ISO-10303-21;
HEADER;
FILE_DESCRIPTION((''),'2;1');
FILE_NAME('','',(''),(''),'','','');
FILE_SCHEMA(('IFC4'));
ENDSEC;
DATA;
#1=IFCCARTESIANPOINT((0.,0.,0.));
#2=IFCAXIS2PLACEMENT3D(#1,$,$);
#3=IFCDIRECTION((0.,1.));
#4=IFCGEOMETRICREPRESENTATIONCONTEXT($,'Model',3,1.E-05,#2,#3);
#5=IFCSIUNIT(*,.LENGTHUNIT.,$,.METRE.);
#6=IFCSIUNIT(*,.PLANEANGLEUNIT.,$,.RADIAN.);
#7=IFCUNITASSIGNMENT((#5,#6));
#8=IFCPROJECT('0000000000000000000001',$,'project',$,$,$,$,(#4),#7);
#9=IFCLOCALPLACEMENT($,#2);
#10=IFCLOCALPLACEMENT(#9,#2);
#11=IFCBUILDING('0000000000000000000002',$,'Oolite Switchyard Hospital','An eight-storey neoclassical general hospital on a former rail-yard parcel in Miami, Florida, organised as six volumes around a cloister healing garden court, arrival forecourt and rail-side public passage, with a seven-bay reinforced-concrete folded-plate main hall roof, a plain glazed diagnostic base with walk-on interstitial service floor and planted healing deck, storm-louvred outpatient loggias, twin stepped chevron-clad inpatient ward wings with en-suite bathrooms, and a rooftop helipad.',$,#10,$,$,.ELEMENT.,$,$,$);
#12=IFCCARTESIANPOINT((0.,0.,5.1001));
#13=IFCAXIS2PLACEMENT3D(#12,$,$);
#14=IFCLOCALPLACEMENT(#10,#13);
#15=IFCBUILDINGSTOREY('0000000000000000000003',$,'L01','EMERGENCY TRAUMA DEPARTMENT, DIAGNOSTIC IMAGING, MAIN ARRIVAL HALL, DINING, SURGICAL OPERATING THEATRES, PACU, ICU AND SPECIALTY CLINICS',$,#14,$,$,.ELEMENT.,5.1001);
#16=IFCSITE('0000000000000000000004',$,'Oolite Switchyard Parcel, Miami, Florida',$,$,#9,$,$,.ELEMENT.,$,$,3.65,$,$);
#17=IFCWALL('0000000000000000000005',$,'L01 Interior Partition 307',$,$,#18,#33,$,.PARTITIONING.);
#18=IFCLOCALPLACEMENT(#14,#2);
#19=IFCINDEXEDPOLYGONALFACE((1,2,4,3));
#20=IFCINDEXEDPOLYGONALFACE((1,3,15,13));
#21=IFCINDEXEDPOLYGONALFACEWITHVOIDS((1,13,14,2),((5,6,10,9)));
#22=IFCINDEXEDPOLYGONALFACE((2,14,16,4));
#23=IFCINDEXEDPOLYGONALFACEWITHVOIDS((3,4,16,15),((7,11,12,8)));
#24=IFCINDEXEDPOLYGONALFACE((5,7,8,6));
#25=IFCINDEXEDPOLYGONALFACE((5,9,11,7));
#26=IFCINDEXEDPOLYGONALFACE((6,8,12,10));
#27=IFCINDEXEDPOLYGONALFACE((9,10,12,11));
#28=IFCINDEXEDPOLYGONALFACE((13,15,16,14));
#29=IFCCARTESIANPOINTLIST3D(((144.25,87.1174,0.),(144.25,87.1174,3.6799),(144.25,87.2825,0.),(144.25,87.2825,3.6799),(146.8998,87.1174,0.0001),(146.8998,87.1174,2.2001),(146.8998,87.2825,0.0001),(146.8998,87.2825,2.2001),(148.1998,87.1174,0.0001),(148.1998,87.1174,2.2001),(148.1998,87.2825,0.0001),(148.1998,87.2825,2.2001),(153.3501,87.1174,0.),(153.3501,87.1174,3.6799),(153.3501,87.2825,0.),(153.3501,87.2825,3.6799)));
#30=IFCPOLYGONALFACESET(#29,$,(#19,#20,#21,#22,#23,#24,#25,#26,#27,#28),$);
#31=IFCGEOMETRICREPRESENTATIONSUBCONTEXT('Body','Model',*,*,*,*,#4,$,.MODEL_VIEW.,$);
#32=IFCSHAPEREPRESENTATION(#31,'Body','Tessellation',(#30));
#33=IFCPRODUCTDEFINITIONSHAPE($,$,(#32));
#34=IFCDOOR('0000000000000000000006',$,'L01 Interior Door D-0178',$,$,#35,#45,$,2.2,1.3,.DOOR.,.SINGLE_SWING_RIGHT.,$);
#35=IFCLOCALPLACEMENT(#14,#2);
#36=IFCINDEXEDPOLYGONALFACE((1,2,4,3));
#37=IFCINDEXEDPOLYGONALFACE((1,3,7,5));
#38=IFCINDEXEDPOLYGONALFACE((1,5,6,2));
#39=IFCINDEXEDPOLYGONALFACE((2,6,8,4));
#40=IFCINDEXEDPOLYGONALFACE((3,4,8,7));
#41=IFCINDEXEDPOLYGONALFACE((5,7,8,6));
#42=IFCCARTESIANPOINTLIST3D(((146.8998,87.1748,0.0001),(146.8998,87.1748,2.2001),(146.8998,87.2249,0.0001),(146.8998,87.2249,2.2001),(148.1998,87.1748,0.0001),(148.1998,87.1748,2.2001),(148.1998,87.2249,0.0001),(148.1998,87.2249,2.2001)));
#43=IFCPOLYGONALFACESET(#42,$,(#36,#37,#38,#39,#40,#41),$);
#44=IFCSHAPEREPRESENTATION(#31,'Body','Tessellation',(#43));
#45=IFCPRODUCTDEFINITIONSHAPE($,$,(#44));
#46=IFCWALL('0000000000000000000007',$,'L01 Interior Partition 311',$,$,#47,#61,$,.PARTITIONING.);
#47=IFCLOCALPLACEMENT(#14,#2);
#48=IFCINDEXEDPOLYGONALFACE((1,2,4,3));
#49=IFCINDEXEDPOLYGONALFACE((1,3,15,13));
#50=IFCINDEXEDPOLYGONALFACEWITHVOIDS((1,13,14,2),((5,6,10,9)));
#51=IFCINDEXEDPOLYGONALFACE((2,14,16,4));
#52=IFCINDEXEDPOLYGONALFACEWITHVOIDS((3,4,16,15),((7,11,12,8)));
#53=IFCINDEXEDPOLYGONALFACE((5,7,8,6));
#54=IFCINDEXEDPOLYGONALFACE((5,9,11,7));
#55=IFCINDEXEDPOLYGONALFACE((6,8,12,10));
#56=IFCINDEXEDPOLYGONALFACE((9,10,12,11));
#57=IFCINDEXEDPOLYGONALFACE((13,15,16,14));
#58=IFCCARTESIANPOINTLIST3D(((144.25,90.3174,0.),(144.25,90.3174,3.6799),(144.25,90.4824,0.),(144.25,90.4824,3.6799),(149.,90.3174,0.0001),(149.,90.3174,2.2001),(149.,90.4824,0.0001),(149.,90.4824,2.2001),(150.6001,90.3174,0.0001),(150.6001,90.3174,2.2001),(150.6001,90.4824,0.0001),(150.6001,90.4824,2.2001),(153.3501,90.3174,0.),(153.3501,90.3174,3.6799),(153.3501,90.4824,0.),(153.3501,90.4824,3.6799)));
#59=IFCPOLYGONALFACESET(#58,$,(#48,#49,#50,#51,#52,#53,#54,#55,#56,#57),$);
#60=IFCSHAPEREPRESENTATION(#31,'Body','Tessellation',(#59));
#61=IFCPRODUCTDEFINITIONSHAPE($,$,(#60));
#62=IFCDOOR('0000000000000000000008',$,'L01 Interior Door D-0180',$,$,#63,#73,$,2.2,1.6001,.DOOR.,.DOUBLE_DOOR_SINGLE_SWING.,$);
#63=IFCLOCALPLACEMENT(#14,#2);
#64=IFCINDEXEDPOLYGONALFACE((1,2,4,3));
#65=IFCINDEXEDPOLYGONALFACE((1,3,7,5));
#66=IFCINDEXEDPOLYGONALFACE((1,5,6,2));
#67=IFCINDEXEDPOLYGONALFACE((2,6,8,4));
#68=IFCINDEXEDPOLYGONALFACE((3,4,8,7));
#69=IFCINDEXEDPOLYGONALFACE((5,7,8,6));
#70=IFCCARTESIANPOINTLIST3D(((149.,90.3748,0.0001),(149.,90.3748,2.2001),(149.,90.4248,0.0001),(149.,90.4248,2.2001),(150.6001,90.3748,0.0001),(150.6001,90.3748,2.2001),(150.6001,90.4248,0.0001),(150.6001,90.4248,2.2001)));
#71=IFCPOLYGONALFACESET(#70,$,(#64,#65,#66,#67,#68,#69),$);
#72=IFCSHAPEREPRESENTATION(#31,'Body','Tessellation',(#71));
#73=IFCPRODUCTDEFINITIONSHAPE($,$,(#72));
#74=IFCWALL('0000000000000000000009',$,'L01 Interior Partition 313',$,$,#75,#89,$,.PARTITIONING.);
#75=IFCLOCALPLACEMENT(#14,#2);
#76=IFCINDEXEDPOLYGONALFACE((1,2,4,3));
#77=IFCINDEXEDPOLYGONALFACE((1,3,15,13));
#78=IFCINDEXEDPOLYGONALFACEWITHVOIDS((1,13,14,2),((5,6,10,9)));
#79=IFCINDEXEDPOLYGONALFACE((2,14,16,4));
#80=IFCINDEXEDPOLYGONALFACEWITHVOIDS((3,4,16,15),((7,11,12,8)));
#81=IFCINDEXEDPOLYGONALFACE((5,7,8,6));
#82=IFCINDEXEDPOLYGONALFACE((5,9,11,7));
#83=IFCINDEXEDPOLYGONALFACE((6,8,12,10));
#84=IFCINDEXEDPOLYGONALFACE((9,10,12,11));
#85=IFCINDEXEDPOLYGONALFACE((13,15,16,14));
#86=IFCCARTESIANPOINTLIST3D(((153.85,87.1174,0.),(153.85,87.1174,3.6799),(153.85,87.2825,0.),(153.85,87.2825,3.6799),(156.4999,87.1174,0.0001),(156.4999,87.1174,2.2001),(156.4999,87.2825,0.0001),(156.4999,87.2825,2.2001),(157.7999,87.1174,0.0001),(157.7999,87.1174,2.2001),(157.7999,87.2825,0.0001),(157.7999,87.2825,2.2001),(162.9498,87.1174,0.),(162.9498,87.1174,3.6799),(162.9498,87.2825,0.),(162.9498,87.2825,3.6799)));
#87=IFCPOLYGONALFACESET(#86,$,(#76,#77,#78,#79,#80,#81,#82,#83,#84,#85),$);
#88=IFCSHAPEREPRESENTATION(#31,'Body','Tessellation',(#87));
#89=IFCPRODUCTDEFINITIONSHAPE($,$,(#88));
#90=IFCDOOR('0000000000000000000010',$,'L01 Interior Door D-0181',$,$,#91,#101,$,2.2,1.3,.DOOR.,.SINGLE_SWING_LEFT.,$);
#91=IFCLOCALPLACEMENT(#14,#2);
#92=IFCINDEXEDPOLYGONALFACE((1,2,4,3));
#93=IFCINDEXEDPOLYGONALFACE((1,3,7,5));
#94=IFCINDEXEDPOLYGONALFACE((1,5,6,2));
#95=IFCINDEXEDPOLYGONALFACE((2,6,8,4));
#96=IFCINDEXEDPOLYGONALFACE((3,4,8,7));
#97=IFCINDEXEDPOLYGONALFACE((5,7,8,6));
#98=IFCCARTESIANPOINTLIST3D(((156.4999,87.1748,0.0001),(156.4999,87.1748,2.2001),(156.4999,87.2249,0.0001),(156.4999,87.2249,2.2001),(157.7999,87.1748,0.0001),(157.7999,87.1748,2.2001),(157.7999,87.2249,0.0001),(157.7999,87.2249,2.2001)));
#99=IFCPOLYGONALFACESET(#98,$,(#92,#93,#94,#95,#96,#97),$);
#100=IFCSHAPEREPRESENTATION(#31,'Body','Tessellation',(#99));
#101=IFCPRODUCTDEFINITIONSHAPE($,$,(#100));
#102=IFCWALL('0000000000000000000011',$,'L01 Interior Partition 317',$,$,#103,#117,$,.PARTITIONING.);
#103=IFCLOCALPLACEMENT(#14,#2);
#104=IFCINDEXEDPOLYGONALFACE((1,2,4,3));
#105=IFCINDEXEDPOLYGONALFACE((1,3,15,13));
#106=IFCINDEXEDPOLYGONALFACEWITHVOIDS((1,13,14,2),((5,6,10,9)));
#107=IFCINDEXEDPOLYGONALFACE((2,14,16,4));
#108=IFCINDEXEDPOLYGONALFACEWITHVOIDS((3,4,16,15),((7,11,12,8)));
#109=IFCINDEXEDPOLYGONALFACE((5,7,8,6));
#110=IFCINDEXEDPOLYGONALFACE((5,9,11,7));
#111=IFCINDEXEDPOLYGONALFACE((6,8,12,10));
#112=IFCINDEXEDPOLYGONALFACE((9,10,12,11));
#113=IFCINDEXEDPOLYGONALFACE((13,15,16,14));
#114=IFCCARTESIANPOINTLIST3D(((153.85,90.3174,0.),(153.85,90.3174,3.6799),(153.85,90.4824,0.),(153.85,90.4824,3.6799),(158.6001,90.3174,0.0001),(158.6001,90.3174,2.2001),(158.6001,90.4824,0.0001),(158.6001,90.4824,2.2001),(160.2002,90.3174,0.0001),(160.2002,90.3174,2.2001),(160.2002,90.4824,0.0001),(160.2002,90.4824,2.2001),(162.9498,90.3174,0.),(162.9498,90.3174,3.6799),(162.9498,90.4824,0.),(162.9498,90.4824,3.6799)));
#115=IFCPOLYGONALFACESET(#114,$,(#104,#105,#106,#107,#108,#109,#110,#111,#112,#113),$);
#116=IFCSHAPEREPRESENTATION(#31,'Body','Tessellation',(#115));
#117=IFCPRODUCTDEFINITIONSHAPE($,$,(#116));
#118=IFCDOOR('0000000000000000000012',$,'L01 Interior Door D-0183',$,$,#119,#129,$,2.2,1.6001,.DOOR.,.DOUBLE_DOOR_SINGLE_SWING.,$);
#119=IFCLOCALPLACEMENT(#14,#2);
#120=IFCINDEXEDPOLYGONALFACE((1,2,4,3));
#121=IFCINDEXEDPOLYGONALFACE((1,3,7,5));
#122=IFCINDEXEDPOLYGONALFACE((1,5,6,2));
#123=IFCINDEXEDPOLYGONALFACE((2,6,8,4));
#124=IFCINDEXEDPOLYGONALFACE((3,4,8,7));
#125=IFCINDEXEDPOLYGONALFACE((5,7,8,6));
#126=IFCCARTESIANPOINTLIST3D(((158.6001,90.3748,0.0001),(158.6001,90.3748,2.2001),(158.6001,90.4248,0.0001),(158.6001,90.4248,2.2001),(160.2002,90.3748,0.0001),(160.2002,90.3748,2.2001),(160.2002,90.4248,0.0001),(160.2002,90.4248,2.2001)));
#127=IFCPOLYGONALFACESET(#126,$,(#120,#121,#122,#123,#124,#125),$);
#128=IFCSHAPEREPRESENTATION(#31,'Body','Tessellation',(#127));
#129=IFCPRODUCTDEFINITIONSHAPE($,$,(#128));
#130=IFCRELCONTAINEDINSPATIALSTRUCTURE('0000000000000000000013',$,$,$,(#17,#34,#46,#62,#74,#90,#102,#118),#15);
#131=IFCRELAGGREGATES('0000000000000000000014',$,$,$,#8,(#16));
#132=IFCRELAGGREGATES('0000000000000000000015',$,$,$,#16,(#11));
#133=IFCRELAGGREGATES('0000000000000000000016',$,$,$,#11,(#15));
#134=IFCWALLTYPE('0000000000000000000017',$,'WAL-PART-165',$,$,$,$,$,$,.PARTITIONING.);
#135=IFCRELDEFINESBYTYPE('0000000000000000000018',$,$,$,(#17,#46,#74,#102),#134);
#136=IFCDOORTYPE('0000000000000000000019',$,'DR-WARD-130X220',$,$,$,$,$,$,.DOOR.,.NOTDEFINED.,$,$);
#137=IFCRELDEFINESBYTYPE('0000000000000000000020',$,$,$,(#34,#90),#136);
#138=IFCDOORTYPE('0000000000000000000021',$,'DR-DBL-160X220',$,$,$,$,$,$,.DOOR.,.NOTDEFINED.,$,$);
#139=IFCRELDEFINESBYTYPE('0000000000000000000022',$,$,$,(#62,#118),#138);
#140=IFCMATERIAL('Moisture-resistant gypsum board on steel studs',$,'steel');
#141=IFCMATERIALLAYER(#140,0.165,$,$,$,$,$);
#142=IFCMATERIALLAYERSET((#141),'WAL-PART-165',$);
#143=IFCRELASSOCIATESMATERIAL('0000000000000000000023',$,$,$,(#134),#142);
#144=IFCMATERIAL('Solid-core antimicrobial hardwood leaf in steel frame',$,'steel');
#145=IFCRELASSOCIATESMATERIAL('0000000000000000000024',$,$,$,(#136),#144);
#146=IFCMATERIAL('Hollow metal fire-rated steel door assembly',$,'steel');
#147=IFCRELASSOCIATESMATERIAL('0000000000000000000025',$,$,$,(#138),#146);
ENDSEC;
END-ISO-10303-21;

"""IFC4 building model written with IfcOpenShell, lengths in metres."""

from ifc_helpers import new_model, si_unit, direction, frame, frame_2d, origin, place, context, subcontext, project, spatial, rectangle, extrude, material, layer, layer_set, type_object, element, fill, save


model = new_model("IFC4")

# Units and contexts
model_context = context("Model", 3, precision=1e-05, world=origin(), true_north=direction((0.0, 1.0)))
body_context = subcontext(model_context, "Body", "Model", "MODEL_VIEW")
ifc_project = project(units=[si_unit("LENGTHUNIT", "METRE"), si_unit("PLANEANGLEUNIT", "RADIAN")], contexts=[model_context])

# Site, building, storey
site_placement = place(None, origin())
site = spatial("IfcSite", under=ifc_project, at=site_placement, Name="Oolite Switchyard Parcel, Miami, Florida", CompositionType="ELEMENT", RefElevation=3.65)
building_placement = place(site_placement, origin())
building = spatial("IfcBuilding", under=site, at=building_placement, Name="Oolite Switchyard Hospital", Description="An eight-storey neoclassical general hospital on a former rail-yard parcel in Miami, Florida, organised as six volumes around a cloister healing garden court, arrival forecourt and rail-side public passage, with a seven-bay reinforced-concrete folded-plate main hall roof, a plain glazed diagnostic base with walk-on interstitial service floor and planted healing deck, storm-louvred outpatient loggias, twin stepped chevron-clad inpatient ward wings with en-suite bathrooms, and a rooftop helipad.", CompositionType="ELEMENT")
storey_placement = place(building_placement, frame((0.0, 0.0, 5.1001)))
storey = spatial("IfcBuildingStorey", under=building, at=storey_placement, Name="L01", Description="EMERGENCY TRAUMA DEPARTMENT, DIAGNOSTIC IMAGING, MAIN ARRIVAL HALL, DINING, SURGICAL OPERATING THEATRES, PACU, ICU AND SPECIALTY CLINICS", CompositionType="ELEMENT", Elevation=5.1001)

# Shared definitions
ifc_material_1 = material(Name="Moisture-resistant gypsum board on steel studs", Category="steel")

# Walls, openings, doors
ifc_layer_1 = layer(ifc_material_1, 0.165)
ifc_layer_set_1 = layer_set([ifc_layer_1], Name="WAL-PART-165")
wall_type_1 = type_object("IfcWallType", Name="WAL-PART-165", PredefinedType="PARTITIONING", material=ifc_layer_set_1)
ifc_material_2 = material(Name="Solid-core antimicrobial hardwood leaf in steel frame", Category="steel")
door_type_1 = type_object("IfcDoorType", Name="DR-WARD-130X220", OperationType="NOTDEFINED", PredefinedType="DOOR", material=ifc_material_2)
ifc_material_3 = material(Name="Hollow metal fire-rated steel door assembly", Category="steel")
door_type_2 = type_object("IfcDoorType", Name="DR-DBL-160X220", OperationType="NOTDEFINED", PredefinedType="DOOR", material=ifc_material_3)
wall_1_placement = place(storey_placement, frame((144.25, 87.2, 0.0), z_axis=(0.0, 0.0, 1.0), x_axis=(1.0, 0.0, 0.0)))
wall_1 = element("IfcWall", 1, at=wall_1_placement, inside=storey, type_object=wall_type_1, Name="L01 Interior Partition 307", PredefinedType="PARTITIONING", context=body_context, shape_type="SweptSolid", body=[
    extrude(rectangle(XDim=9.1001, YDim=0.165, at=frame_2d((4.55, 0.0))), origin(), (0.0, 0.0, 1.0), 3.6799),
])
opening_1_placement = place(wall_1_placement, frame((2.6499, 0.0, 0.0)))
opening_1 = element("IfcOpeningElement", 2, at=opening_1_placement, cuts=wall_1, PredefinedType="OPENING", context=body_context, shape_type="SweptSolid", body=[
    extrude(rectangle(XDim=1.3, YDim=2.2, at=frame_2d((0.6499, 1.1001))), frame((0.0, 0.0925, 0.0), z_axis=(0.0, -1.0, 0.0), x_axis=(1.0, 0.0, 0.0)), (0.0, 0.0, 1.0), 0.1851),
])
door_1_placement = place(opening_1_placement, origin())
door_1 = element("IfcDoor", 3, at=door_1_placement, inside=storey, type_object=door_type_1, Name="L01 Interior Door D-0178", OperationType="SINGLE_SWING_RIGHT", OverallHeight=2.2, OverallWidth=1.3, PredefinedType="DOOR", context=body_context, shape_type="SweptSolid", body=[
    extrude(rectangle(XDim=1.3, YDim=2.2, at=frame_2d((0.6499, 1.1001))), frame((0.0, 0.0249, 0.0), z_axis=(0.0, -1.0, 0.0), x_axis=(1.0, 0.0, 0.0)), (0.0, 0.0, 1.0), 0.05),
])
fill(opening_1, door_1)
wall_2_placement = place(storey_placement, frame((144.25, 90.3999, 0.0), z_axis=(0.0, 0.0, 1.0), x_axis=(1.0, 0.0, 0.0)))
wall_2 = element("IfcWall", 4, at=wall_2_placement, inside=storey, type_object=wall_type_1, Name="L01 Interior Partition 311", PredefinedType="PARTITIONING", context=body_context, shape_type="SweptSolid", body=[
    extrude(rectangle(XDim=9.1001, YDim=0.165, at=frame_2d((4.55, 0.0))), origin(), (0.0, 0.0, 1.0), 3.6799),
])
opening_2_placement = place(wall_2_placement, frame((4.75, 0.0, 0.0)))
opening_2 = element("IfcOpeningElement", 5, at=opening_2_placement, cuts=wall_2, PredefinedType="OPENING", context=body_context, shape_type="SweptSolid", body=[
    extrude(rectangle(XDim=1.6001, YDim=2.2, at=frame_2d((0.8, 1.1001))), frame((0.0, 0.0925, 0.0), z_axis=(0.0, -1.0, 0.0), x_axis=(1.0, 0.0, 0.0)), (0.0, 0.0, 1.0), 0.1851),
])
door_2_placement = place(opening_2_placement, origin())
door_2 = element("IfcDoor", 6, at=door_2_placement, inside=storey, type_object=door_type_2, Name="L01 Interior Door D-0180", OperationType="DOUBLE_DOOR_SINGLE_SWING", OverallHeight=2.2, OverallWidth=1.6001, PredefinedType="DOOR", context=body_context, shape_type="SweptSolid", body=[
    extrude(rectangle(XDim=1.6001, YDim=2.2, at=frame_2d((0.8, 1.1001))), frame((0.0, 0.0249, 0.0), z_axis=(0.0, -1.0, 0.0), x_axis=(1.0, 0.0, 0.0)), (0.0, 0.0, 1.0), 0.05),
])
fill(opening_2, door_2)
wall_3_placement = place(storey_placement, frame((153.8501, 87.2, 0.0), z_axis=(0.0, 0.0, 1.0), x_axis=(1.0, 0.0, 0.0)))
wall_3 = element("IfcWall", 7, at=wall_3_placement, inside=storey, type_object=wall_type_1, Name="L01 Interior Partition 313", PredefinedType="PARTITIONING", context=body_context, shape_type="SweptSolid", body=[
    extrude(rectangle(XDim=9.0999, YDim=0.165, at=frame_2d((4.5498, 0.0))), origin(), (0.0, 0.0, 1.0), 3.6799),
])
opening_3_placement = place(wall_3_placement, frame((2.6499, 0.0, 0.0)))
opening_3 = element("IfcOpeningElement", 8, at=opening_3_placement, cuts=wall_3, PredefinedType="OPENING", context=body_context, shape_type="SweptSolid", body=[
    extrude(rectangle(XDim=1.3, YDim=2.2, at=frame_2d((0.6499, 1.1001))), frame((0.0, 0.0925, 0.0), z_axis=(0.0, -1.0, 0.0), x_axis=(1.0, 0.0, 0.0)), (0.0, 0.0, 1.0), 0.1851),
])
door_3_placement = place(opening_3_placement, origin())
door_3 = element("IfcDoor", 9, at=door_3_placement, inside=storey, type_object=door_type_1, Name="L01 Interior Door D-0181", OperationType="SINGLE_SWING_LEFT", OverallHeight=2.2, OverallWidth=1.3, PredefinedType="DOOR", context=body_context, shape_type="SweptSolid", body=[
    extrude(rectangle(XDim=1.3, YDim=2.2, at=frame_2d((0.6499, 1.1001))), frame((0.0, 0.0249, 0.0), z_axis=(0.0, -1.0, 0.0), x_axis=(1.0, 0.0, 0.0)), (0.0, 0.0, 1.0), 0.05),
])
fill(opening_3, door_3)
wall_4_placement = place(storey_placement, frame((153.8501, 90.3999, 0.0), z_axis=(0.0, 0.0, 1.0), x_axis=(1.0, 0.0, 0.0)))
wall_4 = element("IfcWall", 10, at=wall_4_placement, inside=storey, type_object=wall_type_1, Name="L01 Interior Partition 317", PredefinedType="PARTITIONING", context=body_context, shape_type="SweptSolid", body=[
    extrude(rectangle(XDim=9.0999, YDim=0.165, at=frame_2d((4.5498, 0.0))), origin(), (0.0, 0.0, 1.0), 3.6799),
])
opening_4_placement = place(wall_4_placement, frame((4.75, 0.0, 0.0)))
opening_4 = element("IfcOpeningElement", 11, at=opening_4_placement, cuts=wall_4, PredefinedType="OPENING", context=body_context, shape_type="SweptSolid", body=[
    extrude(rectangle(XDim=1.6001, YDim=2.2, at=frame_2d((0.8, 1.1001))), frame((0.0, 0.0925, 0.0), z_axis=(0.0, -1.0, 0.0), x_axis=(1.0, 0.0, 0.0)), (0.0, 0.0, 1.0), 0.1851),
])
door_4_placement = place(opening_4_placement, origin())
door_4 = element("IfcDoor", 12, at=door_4_placement, inside=storey, type_object=door_type_2, Name="L01 Interior Door D-0183", OperationType="DOUBLE_DOOR_SINGLE_SWING", OverallHeight=2.2, OverallWidth=1.6001, PredefinedType="DOOR", context=body_context, shape_type="SweptSolid", body=[
    extrude(rectangle(XDim=1.6001, YDim=2.2, at=frame_2d((0.8, 1.1001))), frame((0.0, 0.0249, 0.0), z_axis=(0.0, -1.0, 0.0), x_axis=(1.0, 0.0, 0.0)), (0.0, 0.0, 1.0), 0.05),
])
fill(opening_4, door_4)

save(model, "model.ifc")
